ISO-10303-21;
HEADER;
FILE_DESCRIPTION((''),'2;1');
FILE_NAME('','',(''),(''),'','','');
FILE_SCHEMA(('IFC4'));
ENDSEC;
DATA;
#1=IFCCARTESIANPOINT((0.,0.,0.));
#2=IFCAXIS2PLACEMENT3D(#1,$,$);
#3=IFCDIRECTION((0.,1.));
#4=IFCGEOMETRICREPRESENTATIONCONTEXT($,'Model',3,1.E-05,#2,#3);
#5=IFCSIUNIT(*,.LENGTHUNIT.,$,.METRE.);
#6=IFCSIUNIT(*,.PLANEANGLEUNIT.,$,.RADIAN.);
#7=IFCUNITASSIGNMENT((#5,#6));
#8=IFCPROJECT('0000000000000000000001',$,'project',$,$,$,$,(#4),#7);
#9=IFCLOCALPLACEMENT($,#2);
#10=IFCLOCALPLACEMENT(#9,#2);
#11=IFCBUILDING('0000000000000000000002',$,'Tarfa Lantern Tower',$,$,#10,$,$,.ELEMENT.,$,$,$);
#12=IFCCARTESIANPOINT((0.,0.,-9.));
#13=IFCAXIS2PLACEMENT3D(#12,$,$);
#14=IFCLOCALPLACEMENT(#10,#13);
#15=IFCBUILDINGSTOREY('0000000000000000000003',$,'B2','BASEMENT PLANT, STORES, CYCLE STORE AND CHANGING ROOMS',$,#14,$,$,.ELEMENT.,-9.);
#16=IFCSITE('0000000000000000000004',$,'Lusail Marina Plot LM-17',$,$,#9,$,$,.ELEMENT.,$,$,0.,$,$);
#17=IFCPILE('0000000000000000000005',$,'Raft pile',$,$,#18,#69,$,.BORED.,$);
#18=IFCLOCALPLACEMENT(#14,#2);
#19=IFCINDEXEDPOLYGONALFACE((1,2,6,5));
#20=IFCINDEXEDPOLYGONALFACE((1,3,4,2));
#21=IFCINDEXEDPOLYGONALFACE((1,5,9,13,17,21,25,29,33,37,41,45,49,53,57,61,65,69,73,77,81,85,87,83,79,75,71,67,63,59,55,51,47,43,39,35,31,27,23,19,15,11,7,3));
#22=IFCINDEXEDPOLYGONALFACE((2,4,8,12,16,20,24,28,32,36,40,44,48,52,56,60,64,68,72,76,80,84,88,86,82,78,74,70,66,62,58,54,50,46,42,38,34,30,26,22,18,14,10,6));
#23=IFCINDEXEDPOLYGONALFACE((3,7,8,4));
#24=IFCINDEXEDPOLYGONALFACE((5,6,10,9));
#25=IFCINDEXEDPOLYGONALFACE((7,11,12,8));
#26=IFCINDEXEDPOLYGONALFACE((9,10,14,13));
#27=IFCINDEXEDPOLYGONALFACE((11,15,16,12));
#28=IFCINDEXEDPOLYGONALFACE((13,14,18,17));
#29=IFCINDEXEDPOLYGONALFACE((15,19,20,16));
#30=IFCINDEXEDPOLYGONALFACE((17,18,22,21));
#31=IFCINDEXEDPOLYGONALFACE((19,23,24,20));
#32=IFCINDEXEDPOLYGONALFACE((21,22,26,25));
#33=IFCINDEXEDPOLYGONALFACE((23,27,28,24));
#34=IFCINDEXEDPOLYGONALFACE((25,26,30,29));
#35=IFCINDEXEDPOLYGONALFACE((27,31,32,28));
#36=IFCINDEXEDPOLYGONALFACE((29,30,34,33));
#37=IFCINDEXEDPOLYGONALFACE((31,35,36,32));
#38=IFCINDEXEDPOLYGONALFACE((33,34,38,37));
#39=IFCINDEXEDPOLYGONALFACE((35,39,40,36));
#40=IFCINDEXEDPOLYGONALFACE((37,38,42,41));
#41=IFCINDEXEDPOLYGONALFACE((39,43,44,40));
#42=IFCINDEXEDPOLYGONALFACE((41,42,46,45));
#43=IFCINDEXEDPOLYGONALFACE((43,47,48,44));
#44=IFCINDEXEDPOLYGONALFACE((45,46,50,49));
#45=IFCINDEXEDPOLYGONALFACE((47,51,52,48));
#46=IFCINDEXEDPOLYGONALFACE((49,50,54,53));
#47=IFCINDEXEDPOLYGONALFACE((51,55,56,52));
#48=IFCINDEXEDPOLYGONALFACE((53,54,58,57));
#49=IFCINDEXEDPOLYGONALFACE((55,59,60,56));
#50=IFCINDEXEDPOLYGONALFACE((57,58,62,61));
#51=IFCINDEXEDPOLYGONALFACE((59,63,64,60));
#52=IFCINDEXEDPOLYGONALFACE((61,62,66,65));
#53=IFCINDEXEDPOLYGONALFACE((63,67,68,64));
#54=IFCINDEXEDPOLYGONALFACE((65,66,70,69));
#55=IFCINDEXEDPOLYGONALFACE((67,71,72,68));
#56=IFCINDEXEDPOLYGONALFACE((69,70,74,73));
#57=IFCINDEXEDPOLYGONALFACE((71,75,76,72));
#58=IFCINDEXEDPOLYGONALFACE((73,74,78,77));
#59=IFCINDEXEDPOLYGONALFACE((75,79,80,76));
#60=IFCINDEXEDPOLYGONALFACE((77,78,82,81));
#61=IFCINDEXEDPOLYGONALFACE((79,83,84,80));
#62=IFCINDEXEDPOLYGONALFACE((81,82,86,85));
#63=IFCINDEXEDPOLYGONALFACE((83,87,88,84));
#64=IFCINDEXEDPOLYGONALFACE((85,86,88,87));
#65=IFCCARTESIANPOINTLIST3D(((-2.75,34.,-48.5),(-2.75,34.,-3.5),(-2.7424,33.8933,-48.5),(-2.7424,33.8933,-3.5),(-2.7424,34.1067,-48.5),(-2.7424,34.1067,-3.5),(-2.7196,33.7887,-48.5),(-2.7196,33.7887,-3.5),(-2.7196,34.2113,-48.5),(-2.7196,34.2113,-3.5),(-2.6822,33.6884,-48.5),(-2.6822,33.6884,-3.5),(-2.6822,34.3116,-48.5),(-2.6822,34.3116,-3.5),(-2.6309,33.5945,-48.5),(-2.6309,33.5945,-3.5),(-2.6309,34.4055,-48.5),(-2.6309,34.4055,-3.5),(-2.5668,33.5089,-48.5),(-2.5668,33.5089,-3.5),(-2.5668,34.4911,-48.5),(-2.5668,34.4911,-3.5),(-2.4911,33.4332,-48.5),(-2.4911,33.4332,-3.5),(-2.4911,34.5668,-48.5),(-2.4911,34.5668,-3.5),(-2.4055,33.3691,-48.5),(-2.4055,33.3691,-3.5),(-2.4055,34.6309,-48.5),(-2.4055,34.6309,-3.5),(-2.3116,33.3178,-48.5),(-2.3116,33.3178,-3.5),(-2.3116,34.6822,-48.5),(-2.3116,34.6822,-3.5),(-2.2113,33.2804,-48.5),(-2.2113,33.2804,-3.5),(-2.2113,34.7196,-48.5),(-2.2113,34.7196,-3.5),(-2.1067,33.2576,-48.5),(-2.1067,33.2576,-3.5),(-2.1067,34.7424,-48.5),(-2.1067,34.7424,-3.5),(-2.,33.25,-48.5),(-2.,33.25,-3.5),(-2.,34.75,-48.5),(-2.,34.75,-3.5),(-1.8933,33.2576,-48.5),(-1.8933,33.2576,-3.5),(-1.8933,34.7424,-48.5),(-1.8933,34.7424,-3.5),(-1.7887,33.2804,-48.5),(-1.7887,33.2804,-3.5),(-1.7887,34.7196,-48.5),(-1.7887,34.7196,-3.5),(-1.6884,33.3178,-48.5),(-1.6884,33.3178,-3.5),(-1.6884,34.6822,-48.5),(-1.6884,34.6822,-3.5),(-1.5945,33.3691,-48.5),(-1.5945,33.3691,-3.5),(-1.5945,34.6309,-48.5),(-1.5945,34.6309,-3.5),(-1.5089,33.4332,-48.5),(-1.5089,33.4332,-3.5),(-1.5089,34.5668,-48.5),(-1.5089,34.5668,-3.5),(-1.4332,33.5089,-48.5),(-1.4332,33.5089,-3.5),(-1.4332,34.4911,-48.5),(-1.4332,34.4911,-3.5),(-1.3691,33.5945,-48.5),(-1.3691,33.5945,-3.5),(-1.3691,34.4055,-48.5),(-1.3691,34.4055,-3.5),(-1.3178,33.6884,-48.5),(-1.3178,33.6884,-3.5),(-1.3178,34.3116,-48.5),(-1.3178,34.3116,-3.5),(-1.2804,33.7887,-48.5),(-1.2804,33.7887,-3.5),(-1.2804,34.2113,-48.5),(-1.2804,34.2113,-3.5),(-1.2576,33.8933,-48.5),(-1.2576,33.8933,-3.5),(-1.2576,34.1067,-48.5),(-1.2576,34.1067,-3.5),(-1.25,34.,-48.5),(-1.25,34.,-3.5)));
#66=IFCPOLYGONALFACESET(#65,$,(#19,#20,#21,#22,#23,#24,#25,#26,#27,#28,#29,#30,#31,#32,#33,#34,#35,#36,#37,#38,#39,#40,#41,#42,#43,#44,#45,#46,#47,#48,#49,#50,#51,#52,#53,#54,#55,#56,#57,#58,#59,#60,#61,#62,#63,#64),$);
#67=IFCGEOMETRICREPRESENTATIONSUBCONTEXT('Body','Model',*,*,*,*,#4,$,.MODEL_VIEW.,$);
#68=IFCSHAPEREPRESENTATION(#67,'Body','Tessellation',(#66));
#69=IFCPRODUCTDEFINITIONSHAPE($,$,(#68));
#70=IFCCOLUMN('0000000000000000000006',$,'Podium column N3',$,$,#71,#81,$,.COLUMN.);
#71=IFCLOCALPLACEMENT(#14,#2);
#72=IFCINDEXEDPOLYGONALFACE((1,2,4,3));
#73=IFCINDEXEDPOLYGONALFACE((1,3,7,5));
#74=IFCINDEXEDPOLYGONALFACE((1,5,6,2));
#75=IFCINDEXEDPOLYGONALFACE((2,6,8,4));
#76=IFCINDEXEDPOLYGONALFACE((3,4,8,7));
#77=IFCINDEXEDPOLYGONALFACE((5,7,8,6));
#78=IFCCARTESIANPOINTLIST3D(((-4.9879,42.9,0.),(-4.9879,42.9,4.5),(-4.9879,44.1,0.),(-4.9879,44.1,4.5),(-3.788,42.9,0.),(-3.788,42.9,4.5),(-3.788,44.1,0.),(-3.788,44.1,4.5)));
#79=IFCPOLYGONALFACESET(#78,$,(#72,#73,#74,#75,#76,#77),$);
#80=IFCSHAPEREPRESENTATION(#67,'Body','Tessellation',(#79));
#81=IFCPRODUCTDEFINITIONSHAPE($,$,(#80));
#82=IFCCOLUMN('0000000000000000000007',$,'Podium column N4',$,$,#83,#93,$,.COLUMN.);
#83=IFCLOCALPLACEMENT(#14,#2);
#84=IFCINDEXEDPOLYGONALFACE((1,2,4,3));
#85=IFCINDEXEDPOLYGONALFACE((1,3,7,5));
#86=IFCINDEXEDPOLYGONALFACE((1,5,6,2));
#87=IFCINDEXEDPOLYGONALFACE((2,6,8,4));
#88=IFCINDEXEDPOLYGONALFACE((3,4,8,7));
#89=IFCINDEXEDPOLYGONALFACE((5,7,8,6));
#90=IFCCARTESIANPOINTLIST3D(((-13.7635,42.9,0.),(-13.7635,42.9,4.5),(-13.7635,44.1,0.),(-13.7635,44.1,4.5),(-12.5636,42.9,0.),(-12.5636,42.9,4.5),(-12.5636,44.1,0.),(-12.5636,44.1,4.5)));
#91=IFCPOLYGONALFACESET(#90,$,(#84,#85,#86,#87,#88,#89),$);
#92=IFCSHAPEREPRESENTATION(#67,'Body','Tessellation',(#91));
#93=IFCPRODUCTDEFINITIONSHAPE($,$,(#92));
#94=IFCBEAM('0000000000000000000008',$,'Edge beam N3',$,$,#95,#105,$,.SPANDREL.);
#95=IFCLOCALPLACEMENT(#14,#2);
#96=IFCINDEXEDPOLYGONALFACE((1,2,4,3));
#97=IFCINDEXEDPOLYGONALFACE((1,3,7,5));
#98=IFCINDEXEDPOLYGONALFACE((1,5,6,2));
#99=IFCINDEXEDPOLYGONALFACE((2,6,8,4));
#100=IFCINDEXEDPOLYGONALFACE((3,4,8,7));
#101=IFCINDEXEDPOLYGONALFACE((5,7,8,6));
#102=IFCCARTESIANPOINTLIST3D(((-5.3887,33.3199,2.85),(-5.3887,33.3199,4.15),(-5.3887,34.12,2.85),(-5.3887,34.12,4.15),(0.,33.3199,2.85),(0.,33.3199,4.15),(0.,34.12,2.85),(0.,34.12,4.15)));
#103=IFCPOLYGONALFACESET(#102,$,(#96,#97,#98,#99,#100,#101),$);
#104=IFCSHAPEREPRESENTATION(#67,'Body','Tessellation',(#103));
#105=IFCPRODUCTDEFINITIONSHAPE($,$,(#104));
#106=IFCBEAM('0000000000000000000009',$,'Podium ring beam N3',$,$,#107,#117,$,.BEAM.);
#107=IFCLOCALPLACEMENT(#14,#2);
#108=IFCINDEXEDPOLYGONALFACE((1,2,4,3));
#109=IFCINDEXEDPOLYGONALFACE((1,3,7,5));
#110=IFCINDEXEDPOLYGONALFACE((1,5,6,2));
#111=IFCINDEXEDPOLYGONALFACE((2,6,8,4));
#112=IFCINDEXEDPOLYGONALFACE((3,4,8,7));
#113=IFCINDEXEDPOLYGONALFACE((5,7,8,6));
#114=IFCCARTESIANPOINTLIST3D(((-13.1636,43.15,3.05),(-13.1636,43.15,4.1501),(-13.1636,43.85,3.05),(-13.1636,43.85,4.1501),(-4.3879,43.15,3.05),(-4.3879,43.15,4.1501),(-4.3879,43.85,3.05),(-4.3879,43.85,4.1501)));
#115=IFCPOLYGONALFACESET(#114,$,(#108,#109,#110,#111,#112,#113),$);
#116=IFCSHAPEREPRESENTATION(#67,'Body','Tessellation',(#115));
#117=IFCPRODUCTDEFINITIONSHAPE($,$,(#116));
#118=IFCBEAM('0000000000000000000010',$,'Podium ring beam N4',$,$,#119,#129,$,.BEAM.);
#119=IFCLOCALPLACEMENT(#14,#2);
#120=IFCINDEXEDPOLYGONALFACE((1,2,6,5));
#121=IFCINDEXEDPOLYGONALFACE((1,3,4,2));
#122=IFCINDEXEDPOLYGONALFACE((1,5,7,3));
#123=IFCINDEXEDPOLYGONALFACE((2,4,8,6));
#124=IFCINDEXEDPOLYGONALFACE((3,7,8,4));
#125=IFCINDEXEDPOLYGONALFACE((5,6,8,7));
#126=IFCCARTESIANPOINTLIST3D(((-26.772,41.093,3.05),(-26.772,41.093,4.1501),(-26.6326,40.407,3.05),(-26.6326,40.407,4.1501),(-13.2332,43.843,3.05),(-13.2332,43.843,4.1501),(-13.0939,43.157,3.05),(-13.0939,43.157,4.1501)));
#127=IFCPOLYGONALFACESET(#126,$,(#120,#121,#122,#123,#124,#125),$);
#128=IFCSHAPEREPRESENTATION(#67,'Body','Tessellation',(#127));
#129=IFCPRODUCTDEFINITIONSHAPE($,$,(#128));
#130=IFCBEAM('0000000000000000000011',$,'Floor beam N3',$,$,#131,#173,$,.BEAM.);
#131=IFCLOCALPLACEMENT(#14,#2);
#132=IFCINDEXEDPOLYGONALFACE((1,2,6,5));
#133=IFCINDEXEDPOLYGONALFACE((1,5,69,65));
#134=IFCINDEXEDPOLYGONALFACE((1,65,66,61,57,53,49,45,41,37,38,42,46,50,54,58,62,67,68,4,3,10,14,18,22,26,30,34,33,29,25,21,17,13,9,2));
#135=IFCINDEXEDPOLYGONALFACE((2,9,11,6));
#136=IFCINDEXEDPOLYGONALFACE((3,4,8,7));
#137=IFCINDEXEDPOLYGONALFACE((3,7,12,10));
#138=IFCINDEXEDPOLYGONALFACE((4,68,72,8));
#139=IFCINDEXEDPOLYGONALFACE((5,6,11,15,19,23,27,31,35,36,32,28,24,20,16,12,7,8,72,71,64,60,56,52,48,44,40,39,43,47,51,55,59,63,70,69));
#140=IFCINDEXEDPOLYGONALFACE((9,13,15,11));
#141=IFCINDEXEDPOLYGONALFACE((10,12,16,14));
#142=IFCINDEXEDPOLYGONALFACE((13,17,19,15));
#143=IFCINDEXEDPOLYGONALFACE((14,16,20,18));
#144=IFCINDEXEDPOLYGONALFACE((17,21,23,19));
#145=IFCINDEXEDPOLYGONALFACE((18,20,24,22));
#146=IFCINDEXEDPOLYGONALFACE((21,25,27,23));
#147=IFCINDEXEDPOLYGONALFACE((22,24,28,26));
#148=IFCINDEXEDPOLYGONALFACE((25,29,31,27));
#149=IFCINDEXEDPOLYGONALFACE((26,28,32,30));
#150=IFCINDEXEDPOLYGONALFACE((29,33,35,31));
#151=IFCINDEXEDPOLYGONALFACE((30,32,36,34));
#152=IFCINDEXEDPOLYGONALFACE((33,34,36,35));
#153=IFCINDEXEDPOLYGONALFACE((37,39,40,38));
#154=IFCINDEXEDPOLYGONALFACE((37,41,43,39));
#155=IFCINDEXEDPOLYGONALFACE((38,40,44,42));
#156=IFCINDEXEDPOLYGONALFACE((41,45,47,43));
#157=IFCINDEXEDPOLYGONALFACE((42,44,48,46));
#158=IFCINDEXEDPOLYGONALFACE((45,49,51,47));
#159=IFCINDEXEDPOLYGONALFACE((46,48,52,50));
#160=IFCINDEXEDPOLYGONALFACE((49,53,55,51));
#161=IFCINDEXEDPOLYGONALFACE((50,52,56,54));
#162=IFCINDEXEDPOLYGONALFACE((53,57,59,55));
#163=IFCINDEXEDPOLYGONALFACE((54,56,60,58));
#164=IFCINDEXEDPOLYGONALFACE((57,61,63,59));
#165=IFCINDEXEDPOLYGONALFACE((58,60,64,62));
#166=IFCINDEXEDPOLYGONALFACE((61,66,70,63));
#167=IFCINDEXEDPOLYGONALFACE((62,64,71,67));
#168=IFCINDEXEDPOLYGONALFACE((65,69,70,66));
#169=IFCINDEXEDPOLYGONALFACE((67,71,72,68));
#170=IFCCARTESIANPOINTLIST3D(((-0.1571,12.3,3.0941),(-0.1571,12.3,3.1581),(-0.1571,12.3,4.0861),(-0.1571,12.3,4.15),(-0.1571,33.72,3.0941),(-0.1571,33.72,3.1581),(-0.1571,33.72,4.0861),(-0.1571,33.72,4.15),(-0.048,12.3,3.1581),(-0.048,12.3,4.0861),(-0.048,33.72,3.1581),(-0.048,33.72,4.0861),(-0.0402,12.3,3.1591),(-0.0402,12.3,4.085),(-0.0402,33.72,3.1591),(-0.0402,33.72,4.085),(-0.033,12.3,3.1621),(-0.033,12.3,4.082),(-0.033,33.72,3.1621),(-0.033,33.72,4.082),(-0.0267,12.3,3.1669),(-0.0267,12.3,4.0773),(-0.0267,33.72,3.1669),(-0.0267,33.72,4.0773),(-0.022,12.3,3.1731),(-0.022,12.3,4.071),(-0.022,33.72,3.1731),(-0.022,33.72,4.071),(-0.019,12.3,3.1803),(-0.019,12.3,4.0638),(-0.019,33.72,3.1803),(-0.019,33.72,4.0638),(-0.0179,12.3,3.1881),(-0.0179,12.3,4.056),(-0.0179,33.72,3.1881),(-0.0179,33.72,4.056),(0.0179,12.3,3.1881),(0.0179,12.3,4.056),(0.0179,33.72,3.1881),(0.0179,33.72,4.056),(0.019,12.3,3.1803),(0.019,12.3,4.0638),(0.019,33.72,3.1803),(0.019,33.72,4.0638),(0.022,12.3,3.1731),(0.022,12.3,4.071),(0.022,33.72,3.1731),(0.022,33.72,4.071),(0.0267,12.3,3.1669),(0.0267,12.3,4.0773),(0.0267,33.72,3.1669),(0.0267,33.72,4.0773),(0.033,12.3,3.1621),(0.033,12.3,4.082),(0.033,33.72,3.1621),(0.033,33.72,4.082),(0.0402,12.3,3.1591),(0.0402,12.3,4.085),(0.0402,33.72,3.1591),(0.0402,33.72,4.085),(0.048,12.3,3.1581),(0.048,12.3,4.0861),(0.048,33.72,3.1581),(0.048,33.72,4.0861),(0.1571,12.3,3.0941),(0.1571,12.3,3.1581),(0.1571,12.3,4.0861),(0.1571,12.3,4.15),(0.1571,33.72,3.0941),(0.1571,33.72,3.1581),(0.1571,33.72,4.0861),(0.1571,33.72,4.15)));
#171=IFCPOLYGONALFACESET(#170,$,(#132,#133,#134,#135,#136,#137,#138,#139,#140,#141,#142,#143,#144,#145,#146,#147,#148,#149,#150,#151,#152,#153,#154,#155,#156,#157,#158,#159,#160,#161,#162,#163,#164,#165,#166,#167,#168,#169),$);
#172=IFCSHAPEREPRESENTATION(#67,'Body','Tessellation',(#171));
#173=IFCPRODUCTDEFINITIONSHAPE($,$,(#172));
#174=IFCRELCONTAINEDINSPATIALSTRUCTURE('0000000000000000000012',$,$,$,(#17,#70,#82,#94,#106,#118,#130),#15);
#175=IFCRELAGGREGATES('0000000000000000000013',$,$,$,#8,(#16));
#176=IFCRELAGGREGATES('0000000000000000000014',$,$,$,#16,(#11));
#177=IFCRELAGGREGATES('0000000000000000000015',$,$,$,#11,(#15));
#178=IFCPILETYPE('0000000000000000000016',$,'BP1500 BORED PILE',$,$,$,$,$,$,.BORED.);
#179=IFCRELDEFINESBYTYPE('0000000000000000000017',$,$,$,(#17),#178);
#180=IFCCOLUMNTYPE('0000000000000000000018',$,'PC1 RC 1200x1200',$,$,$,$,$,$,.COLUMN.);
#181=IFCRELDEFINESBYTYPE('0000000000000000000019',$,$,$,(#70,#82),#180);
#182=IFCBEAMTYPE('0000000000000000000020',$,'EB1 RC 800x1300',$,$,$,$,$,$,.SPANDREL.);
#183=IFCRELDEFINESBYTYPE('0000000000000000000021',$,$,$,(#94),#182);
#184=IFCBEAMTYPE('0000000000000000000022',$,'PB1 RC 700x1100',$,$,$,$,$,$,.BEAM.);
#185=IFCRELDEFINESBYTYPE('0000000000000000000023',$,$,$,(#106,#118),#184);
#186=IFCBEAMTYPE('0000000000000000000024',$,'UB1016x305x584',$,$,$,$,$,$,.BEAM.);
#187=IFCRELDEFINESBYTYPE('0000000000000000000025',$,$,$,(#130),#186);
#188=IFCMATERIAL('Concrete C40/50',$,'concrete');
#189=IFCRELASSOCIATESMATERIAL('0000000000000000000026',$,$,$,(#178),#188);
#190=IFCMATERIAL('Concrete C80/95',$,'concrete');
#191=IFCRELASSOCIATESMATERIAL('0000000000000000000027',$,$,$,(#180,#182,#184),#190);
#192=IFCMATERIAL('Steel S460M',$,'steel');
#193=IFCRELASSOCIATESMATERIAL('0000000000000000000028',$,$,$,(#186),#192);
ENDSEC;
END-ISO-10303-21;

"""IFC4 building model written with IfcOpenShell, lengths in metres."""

from ifc_helpers import new_model, si_unit, direction, frame, origin, origin_2d, place, context, subcontext, project, spatial, rectangle, circle, i_section, extrude, material, material_profile, profile_set, type_object, element, save


model = new_model("IFC4")

# Units and contexts
model_context = context("Model", 3, precision=1e-05, world=origin(), true_north=direction((0.0, 1.0)))
body_context = subcontext(model_context, "Body", "Model", "MODEL_VIEW")
ifc_project = project(units=[si_unit("LENGTHUNIT", "METRE"), si_unit("PLANEANGLEUNIT", "RADIAN")], contexts=[model_context])

# Site, building, storey
site_placement = place(None, origin())
site = spatial("IfcSite", under=ifc_project, at=site_placement, Name="Lusail Marina Plot LM-17", CompositionType="ELEMENT", RefElevation=0.0)
building_placement = place(site_placement, origin())
building = spatial("IfcBuilding", under=site, at=building_placement, Name="Tarfa Lantern Tower", CompositionType="ELEMENT")
storey_placement = place(building_placement, frame((0.0, 0.0, -9.0)))
storey = spatial("IfcBuildingStorey", under=building, at=storey_placement, Name="B2", Description="BASEMENT PLANT, STORES, CYCLE STORE AND CHANGING ROOMS", CompositionType="ELEMENT", Elevation=-9.0)

# Pile
ifc_material_1 = material(Name="Concrete C40/50", Category="concrete")
ifc_material_profile_1 = material_profile(ifc_material_1, circle(Radius=0.75, at=origin_2d()), Name="BORED PILE D1500")
ifc_profile_set_1 = profile_set([ifc_material_profile_1], Name="Concrete C40/50")
pile_type_1 = type_object("IfcPileType", Name="BP1500 BORED PILE", PredefinedType="BORED", material=ifc_profile_set_1)
for number, where, z_axis, x_axis, name in (
    (1, (-2.0, 34.0, -3.5), (0.0, 0.0, -1.0), (1.0, 0.0, 0.0), "Raft pile"),
):
    element("IfcPile", number, at=place(storey_placement, frame(where, z_axis=z_axis, x_axis=x_axis)), inside=storey, type_object=pile_type_1, Name=name, PredefinedType="BORED", context=body_context, shape_type="SweptSolid", body=[
        extrude(circle(Radius=0.75, at=origin_2d()), origin(), (0.0, 0.0, 1.0), 45.0),
    ])

# Columns
ifc_material_2 = material(Name="Concrete C80/95", Category="concrete")
ifc_material_profile_2 = material_profile(ifc_material_2, rectangle(XDim=1.2, YDim=1.2, at=origin_2d()), Name="RC 1200x1200")
ifc_profile_set_2 = profile_set([ifc_material_profile_2], Name="Concrete C80/95")
column_type = type_object("IfcColumnType", Name="PC1 RC 1200x1200", PredefinedType="COLUMN", material=ifc_profile_set_2)
for number, where, z_axis, x_axis, name in (
    (2, (-4.3879, 43.5, 0.0), (0.0, 0.0, 1.0), (-1.0, 0.0, 0.0), "Podium column N3"),
    (3, (-13.1636, 43.5, 0.0), (0.0, 0.0, 1.0), (-1.0, 0.0, 0.0), "Podium column N4"),
):
    element("IfcColumn", number, at=place(storey_placement, frame(where, z_axis=z_axis, x_axis=x_axis)), inside=storey, type_object=column_type, Name=name, PredefinedType="COLUMN", context=body_context, shape_type="SweptSolid", body=[
        extrude(rectangle(XDim=1.2, YDim=1.2, at=origin_2d()), origin(), (0.0, 0.0, 1.0), 4.5),
    ])

# Beams
ifc_material_profile_3 = material_profile(ifc_material_2, rectangle(XDim=0.8, YDim=1.3, at=origin_2d()), Name="RC 800x1300")
ifc_profile_set_3 = profile_set([ifc_material_profile_3], Name="Concrete C80/95")
beam_type_1 = type_object("IfcBeamType", Name="EB1 RC 800x1300", PredefinedType="SPANDREL", material=ifc_profile_set_3)
beam_1_placement = place(storey_placement, frame((0.0, 33.72, 3.5), z_axis=(-1.0, 0.0, 0.0), x_axis=(0.0, -1.0, 0.0)))
element("IfcBeam", 4, at=beam_1_placement, inside=storey, type_object=beam_type_1, Name="Edge beam N3", PredefinedType="SPANDREL", context=body_context, shape_type="SweptSolid", body=[
    extrude(rectangle(XDim=0.8, YDim=1.3, at=origin_2d()), origin(), (0.0, 0.0, 1.0), 5.3887),
])
ifc_material_profile_4 = material_profile(ifc_material_2, rectangle(XDim=0.7, YDim=1.1001, at=origin_2d()), Name="RC 700x1100")
ifc_profile_set_4 = profile_set([ifc_material_profile_4], Name="Concrete C80/95")
beam_type_2 = type_object("IfcBeamType", Name="PB1 RC 700x1100", PredefinedType="BEAM", material=ifc_profile_set_4)
beam_2_placement = place(storey_placement, frame((-4.3879, 43.5, 3.6001), z_axis=(-1.0, 0.0, 0.0), x_axis=(0.0, -1.0, 0.0)))
element("IfcBeam", 5, at=beam_2_placement, inside=storey, type_object=beam_type_2, Name="Podium ring beam N3", PredefinedType="BEAM", context=body_context, shape_type="SweptSolid", body=[
    extrude(rectangle(XDim=0.7, YDim=1.1001, at=origin_2d()), origin(), (0.0, 0.0, 1.0), 8.7756),
])
beam_3_placement = place(storey_placement, frame((-13.1636, 43.5, 3.6001), z_axis=(-0.979988, -0.199055, 0.0), x_axis=(0.199055, -0.979988, 0.0)))
element("IfcBeam", 6, at=beam_3_placement, inside=storey, type_object=beam_type_2, Name="Podium ring beam N4", PredefinedType="BEAM", context=body_context, shape_type="SweptSolid", body=[
    extrude(rectangle(XDim=0.7, YDim=1.1001, at=origin_2d()), origin(), (0.0, 0.0, 1.0), 13.8152),
])
ifc_material_3 = material(Name="Steel S460M", Category="steel")
ifc_material_profile_5 = material_profile(ifc_material_3, i_section(OverallWidth=0.3142, OverallDepth=1.0559, WebThickness=0.0359, FlangeThickness=0.064, FilletRadius=0.03, at=origin_2d()), Name="UB1016x305x584")
ifc_profile_set_5 = profile_set([ifc_material_profile_5], Name="Steel S460M")
beam_type_3 = type_object("IfcBeamType", Name="UB1016x305x584", PredefinedType="BEAM", material=ifc_profile_set_5)
for number, where, z_axis, x_axis, name in (
    (7, (0.0, 33.72, 3.6221), (0.0, -1.0, 0.0), (1.0, 0.0, 0.0), "Floor beam N3"),
):
    element("IfcBeam", number, at=place(storey_placement, frame(where, z_axis=z_axis, x_axis=x_axis)), inside=storey, type_object=beam_type_3, Name=name, PredefinedType="BEAM", context=body_context, shape_type="SweptSolid", body=[
        extrude(i_section(OverallWidth=0.3142, OverallDepth=1.0559, WebThickness=0.0359, FlangeThickness=0.064, FilletRadius=0.03, at=origin_2d()), origin(), (0.0, 0.0, 1.0), 21.4199),
    ])

save(model, "model.ifc")
